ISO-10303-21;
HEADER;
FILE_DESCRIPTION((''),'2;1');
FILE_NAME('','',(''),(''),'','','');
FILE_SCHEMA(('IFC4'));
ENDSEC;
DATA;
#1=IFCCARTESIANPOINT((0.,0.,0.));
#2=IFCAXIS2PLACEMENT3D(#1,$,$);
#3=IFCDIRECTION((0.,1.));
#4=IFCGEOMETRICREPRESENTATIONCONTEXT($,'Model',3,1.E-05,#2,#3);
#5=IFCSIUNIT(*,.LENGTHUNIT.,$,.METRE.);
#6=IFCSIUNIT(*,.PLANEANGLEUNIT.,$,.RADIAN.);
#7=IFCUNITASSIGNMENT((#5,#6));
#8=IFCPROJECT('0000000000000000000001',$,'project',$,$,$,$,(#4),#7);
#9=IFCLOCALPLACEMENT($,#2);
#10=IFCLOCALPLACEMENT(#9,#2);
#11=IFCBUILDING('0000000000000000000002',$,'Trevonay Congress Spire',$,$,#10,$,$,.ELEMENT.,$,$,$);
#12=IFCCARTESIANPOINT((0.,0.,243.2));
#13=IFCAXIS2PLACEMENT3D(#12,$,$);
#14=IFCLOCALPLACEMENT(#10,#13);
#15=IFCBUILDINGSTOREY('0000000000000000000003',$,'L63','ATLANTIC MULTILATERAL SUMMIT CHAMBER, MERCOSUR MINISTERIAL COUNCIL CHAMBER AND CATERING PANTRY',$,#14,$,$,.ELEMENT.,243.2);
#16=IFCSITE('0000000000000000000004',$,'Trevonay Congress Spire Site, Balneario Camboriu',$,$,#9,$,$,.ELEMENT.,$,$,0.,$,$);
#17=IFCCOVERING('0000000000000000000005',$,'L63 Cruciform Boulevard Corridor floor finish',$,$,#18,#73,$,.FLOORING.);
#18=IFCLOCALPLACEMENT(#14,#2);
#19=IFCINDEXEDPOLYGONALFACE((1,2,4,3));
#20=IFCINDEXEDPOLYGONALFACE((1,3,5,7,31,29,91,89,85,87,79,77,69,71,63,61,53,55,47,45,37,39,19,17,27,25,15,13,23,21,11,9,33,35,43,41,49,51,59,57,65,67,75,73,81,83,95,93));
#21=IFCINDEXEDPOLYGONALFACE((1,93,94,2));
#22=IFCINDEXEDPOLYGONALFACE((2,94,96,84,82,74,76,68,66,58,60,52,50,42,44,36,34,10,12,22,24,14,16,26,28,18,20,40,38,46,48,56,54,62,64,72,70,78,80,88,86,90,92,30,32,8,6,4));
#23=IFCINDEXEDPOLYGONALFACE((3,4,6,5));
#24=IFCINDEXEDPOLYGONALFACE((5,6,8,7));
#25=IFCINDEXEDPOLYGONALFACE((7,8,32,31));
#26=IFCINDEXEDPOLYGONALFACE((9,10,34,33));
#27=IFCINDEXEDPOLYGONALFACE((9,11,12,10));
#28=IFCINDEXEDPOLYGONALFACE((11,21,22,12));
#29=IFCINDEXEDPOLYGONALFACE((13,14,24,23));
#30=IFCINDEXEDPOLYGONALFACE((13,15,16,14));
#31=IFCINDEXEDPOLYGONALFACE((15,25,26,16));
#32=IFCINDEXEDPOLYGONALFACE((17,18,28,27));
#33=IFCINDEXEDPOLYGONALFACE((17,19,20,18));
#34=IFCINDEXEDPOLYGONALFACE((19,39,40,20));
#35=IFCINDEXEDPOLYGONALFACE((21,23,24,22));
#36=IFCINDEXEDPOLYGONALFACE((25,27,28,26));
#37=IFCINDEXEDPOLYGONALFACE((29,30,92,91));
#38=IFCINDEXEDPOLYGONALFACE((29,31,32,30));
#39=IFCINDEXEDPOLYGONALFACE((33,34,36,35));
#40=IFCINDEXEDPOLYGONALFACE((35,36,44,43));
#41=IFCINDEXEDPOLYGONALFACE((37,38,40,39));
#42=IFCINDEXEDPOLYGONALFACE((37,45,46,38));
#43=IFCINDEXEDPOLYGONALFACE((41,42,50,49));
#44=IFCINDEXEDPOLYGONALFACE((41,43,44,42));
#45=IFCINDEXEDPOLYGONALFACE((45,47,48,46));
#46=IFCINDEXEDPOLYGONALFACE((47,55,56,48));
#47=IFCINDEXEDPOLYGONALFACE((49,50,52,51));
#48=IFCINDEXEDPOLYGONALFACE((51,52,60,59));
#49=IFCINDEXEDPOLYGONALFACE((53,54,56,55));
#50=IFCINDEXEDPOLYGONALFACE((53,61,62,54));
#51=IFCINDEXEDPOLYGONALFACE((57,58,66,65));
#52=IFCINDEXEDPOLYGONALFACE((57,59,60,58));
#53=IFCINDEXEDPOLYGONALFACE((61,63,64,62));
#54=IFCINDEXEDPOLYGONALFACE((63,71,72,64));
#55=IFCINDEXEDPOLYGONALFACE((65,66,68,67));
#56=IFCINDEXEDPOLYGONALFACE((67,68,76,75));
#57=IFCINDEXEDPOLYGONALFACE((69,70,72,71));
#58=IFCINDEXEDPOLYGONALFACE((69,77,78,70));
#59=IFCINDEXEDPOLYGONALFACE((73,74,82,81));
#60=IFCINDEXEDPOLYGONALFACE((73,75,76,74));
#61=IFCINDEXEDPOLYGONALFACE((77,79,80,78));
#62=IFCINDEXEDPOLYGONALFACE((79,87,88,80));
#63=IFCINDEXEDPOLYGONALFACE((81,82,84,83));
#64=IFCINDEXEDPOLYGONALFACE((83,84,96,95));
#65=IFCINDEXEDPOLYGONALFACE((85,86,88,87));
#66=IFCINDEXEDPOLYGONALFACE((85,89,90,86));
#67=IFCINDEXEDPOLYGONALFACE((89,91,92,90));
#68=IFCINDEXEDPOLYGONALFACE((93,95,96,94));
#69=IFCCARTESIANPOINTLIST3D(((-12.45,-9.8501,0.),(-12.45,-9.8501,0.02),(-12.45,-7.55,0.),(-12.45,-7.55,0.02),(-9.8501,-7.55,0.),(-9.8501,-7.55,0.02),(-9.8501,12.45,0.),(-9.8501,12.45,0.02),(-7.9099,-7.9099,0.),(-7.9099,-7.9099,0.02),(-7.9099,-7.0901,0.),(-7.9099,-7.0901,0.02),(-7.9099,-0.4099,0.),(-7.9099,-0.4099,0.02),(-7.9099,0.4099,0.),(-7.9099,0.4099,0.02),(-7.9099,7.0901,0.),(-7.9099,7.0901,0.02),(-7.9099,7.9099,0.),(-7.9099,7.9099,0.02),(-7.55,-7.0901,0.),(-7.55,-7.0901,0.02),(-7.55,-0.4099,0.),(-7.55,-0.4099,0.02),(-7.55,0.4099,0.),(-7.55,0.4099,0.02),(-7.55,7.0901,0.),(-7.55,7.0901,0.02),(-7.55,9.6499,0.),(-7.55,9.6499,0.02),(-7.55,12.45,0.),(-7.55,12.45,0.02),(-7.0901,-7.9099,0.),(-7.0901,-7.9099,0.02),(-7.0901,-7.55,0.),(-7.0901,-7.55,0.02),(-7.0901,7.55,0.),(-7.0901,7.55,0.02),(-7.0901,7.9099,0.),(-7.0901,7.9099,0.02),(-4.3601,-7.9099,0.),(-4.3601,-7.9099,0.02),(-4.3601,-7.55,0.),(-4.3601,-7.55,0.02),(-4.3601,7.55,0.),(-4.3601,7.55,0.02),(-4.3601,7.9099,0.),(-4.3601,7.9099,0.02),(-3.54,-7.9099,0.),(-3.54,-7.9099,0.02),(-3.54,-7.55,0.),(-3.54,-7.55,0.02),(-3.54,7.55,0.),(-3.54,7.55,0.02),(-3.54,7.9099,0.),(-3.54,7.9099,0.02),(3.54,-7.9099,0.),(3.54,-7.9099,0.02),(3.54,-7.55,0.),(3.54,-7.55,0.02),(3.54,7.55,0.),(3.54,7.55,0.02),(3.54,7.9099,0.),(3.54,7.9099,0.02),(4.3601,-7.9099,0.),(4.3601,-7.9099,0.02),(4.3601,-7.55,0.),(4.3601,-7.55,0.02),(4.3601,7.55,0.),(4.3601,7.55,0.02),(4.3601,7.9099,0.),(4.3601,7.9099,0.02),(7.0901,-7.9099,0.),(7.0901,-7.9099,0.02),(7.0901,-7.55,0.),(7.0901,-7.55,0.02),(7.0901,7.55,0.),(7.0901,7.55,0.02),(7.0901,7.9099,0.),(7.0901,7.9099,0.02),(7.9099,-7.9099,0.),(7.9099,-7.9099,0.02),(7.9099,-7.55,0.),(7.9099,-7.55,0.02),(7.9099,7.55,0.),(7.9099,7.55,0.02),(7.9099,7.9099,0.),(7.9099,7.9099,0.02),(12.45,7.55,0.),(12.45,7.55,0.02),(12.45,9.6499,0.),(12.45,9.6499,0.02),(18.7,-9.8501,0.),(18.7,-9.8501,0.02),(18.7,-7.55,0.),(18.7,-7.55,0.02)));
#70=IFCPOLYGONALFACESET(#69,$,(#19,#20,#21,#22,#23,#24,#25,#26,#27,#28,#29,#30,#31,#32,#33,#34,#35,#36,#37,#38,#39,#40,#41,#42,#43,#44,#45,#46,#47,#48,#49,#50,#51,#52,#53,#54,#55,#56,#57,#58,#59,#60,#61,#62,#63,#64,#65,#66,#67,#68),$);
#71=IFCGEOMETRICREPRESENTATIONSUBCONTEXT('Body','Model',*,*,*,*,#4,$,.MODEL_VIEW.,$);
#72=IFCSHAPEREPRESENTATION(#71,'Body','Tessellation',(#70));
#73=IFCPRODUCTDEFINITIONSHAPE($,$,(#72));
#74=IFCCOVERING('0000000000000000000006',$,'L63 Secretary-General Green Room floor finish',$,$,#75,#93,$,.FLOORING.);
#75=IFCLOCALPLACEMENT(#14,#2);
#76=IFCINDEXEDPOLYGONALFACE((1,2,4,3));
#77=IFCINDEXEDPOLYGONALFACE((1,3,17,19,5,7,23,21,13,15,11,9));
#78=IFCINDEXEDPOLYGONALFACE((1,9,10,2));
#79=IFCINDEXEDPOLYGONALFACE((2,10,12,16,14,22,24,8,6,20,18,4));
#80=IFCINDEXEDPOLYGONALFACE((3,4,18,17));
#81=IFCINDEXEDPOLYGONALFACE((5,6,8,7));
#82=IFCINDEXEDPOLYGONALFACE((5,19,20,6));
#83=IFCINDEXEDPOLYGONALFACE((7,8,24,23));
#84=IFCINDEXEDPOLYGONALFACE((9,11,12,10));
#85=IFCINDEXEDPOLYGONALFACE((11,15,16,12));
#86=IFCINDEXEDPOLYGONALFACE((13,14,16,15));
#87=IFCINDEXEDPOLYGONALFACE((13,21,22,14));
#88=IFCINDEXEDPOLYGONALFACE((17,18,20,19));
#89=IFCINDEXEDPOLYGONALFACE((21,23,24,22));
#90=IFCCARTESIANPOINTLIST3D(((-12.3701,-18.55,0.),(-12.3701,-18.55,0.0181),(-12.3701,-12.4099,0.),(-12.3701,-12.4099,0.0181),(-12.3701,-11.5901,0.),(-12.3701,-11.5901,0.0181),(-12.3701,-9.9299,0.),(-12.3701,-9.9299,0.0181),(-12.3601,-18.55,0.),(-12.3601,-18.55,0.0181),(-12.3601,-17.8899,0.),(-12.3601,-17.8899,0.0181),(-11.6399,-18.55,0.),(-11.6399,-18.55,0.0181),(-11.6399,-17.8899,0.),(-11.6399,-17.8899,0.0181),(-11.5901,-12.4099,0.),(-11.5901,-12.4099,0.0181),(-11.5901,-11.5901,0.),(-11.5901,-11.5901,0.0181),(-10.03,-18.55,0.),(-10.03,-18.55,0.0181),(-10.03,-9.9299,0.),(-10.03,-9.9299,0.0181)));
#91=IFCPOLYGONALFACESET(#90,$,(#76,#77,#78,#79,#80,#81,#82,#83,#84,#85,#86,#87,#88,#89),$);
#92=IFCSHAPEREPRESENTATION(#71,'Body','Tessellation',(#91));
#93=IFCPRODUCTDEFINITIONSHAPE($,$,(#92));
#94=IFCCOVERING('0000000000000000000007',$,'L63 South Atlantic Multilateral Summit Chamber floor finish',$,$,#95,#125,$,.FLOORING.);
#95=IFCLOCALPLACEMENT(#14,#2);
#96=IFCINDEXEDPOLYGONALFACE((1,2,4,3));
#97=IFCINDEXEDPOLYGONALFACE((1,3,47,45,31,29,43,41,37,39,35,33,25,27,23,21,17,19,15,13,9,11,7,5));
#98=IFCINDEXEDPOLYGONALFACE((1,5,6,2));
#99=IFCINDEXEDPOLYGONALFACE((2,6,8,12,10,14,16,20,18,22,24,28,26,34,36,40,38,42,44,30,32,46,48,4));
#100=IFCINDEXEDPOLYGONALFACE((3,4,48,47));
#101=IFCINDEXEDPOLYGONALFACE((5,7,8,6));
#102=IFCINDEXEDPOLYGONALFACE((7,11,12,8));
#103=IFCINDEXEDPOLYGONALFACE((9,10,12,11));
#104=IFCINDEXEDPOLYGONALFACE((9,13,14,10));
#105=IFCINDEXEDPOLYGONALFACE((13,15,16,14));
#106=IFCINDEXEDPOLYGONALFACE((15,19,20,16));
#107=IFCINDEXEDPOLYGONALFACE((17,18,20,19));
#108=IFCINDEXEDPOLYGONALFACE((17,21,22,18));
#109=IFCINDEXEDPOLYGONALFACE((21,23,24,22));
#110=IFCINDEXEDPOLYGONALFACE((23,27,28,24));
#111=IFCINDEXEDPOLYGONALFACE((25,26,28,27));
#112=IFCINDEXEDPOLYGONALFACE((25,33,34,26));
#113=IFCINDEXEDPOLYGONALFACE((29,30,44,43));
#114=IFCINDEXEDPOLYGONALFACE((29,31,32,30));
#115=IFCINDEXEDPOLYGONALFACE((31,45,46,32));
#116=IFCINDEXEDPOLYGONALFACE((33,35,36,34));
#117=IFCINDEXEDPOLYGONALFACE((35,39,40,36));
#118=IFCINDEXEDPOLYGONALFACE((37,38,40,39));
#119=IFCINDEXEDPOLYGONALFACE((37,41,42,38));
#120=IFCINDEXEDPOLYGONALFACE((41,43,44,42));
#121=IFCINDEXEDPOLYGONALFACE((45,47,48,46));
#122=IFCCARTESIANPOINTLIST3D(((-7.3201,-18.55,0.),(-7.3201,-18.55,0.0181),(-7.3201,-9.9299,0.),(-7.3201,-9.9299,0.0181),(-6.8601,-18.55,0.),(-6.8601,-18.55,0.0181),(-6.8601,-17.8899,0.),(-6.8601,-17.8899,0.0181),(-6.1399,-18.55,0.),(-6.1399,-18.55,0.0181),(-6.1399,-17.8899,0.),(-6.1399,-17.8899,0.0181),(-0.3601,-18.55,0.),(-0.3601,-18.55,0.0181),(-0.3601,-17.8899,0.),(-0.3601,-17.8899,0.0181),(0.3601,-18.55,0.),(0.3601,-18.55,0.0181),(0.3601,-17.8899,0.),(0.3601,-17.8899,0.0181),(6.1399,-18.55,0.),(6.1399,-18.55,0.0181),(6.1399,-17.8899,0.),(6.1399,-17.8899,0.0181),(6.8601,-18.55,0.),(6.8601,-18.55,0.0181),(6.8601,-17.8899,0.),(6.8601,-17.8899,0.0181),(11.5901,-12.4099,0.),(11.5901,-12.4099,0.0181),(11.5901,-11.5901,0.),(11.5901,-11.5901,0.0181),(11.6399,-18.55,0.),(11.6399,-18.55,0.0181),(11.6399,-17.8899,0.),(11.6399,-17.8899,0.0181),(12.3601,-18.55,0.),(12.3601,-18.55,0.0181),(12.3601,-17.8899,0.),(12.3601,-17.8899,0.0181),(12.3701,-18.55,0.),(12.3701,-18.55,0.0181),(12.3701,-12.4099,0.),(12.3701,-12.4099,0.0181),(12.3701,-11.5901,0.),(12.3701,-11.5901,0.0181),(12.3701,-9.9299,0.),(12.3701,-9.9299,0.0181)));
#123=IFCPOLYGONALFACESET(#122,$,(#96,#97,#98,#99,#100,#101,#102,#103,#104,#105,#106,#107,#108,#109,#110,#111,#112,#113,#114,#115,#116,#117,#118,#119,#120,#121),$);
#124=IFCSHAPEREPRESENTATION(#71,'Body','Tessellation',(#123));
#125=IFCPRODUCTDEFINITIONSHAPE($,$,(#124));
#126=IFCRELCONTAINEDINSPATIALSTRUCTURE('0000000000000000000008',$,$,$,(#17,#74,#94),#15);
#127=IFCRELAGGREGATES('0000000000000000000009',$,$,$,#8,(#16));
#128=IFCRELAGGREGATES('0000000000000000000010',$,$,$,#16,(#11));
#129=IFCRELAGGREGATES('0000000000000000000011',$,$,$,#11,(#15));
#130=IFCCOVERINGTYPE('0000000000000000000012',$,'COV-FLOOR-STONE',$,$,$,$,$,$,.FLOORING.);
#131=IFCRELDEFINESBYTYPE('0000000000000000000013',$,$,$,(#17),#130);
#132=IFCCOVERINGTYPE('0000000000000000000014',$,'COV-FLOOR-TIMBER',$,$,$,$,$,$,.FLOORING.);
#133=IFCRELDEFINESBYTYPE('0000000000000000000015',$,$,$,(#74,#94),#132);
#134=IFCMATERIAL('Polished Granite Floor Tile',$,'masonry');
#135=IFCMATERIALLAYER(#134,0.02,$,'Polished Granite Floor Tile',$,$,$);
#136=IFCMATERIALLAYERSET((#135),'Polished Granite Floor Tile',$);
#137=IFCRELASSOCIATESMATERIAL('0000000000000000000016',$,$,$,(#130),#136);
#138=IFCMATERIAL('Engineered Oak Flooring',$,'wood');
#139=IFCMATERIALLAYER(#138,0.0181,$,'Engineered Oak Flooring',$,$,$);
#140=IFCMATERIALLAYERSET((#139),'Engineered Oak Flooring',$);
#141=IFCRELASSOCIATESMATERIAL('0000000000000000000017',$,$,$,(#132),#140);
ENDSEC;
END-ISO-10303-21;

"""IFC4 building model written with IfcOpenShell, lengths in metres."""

from ifc_helpers import new_model, si_unit, direction, frame, origin, place, context, subcontext, project, spatial, polyline, outline, extrude, material, layer, layer_set, type_object, element, save


model = new_model("IFC4")

# Units and contexts
model_context = context("Model", 3, precision=1e-05, world=origin(), true_north=direction((0.0, 1.0)))
body_context = subcontext(model_context, "Body", "Model", "MODEL_VIEW")
ifc_project = project(units=[si_unit("LENGTHUNIT", "METRE"), si_unit("PLANEANGLEUNIT", "RADIAN")], contexts=[model_context])

# Site, building, storey
site_placement = place(None, origin())
site = spatial("IfcSite", under=ifc_project, at=site_placement, Name="Trevonay Congress Spire Site, Balneario Camboriu", CompositionType="ELEMENT", RefElevation=0.0)
building_placement = place(site_placement, origin())
building = spatial("IfcBuilding", under=site, at=building_placement, Name="Trevonay Congress Spire", CompositionType="ELEMENT")
storey_placement = place(building_placement, frame((0.0, 0.0, 243.2)))
storey = spatial("IfcBuildingStorey", under=building, at=storey_placement, Name="L63", Description="ATLANTIC MULTILATERAL SUMMIT CHAMBER, MERCOSUR MINISTERIAL COUNCIL CHAMBER AND CATERING PANTRY", CompositionType="ELEMENT", Elevation=243.2)

# Coverings
ifc_material_1 = material(Name="Polished Granite Floor Tile", Category="masonry")
ifc_layer_1 = layer(ifc_material_1, 0.02, Name="Polished Granite Floor Tile")
ifc_layer_set_1 = layer_set([ifc_layer_1], Name="Polished Granite Floor Tile")
covering_type_1 = type_object("IfcCoveringType", Name="COV-FLOOR-STONE", PredefinedType="FLOORING", material=ifc_layer_set_1)
covering_1_placement = place(storey_placement, origin())
element("IfcCovering", 1, at=covering_1_placement, inside=storey, type_object=covering_type_1, Name="L63 Cruciform Boulevard Corridor floor finish", PredefinedType="FLOORING", context=body_context, shape_type="SweptSolid", body=[
    extrude(outline(polyline([(18.7, -7.55), (18.7, -9.8501), (-12.45, -9.8501), (-12.45, -7.55), (-9.8501, -7.55), (-9.8501, 12.45), (-7.55, 12.45), (-7.55, 9.6499), (12.45, 9.6499), (12.45, 7.55), (7.9099, 7.55), (7.9099, 7.9099), (7.0901, 7.9099), (7.0901, 7.55), (4.3601, 7.55), (4.3601, 7.9099), (3.54, 7.9099), (3.54, 7.55), (-3.54, 7.55), (-3.54, 7.9099), (-4.3601, 7.9099), (-4.3601, 7.55), (-7.0901, 7.55), (-7.0901, 7.9099), (-7.9099, 7.9099), (-7.9099, 7.0901), (-7.55, 7.0901), (-7.55, 0.4099), (-7.9099, 0.4099), (-7.9099, -0.4099), (-7.55, -0.4099), (-7.55, -7.0901), (-7.9099, -7.0901), (-7.9099, -7.9099), (-7.0901, -7.9099), (-7.0901, -7.55), (-4.3601, -7.55), (-4.3601, -7.9099), (-3.54, -7.9099), (-3.54, -7.55), (3.54, -7.55), (3.54, -7.9099), (4.3601, -7.9099), (4.3601, -7.55), (7.0901, -7.55), (7.0901, -7.9099), (7.9099, -7.9099), (7.9099, -7.55), (18.7, -7.55)])), origin(), (0.0, 0.0, 1.0), 0.02),
])
ifc_material_2 = material(Name="Engineered Oak Flooring", Category="wood")
ifc_layer_2 = layer(ifc_material_2, 0.0181, Name="Engineered Oak Flooring")
ifc_layer_set_2 = layer_set([ifc_layer_2], Name="Engineered Oak Flooring")
covering_type_2 = type_object("IfcCoveringType", Name="COV-FLOOR-TIMBER", PredefinedType="FLOORING", material=ifc_layer_set_2)
covering_2_placement = place(storey_placement, origin())
element("IfcCovering", 2, at=covering_2_placement, inside=storey, type_object=covering_type_2, Name="L63 Secretary-General Green Room floor finish", PredefinedType="FLOORING", context=body_context, shape_type="SweptSolid", body=[
    extrude(outline(polyline([(-12.3701, -18.55), (-12.3701, -12.4099), (-11.5901, -12.4099), (-11.5901, -11.5901), (-12.3701, -11.5901), (-12.3701, -9.9299), (-10.03, -9.9299), (-10.03, -18.55), (-11.6399, -18.55), (-11.6399, -17.8899), (-12.3601, -17.8899), (-12.3601, -18.55), (-12.3701, -18.55)])), origin(), (0.0, 0.0, 1.0), 0.0181),
])
covering_3_placement = place(storey_placement, origin())
element("IfcCovering", 3, at=covering_3_placement, inside=storey, type_object=covering_type_2, Name="L63 South Atlantic Multilateral Summit Chamber floor finish", PredefinedType="FLOORING", context=body_context, shape_type="SweptSolid", body=[
    extrude(outline(polyline([(-7.3201, -18.55), (-7.3201, -9.9299), (12.3701, -9.9299), (12.3701, -11.5901), (11.5901, -11.5901), (11.5901, -12.4099), (12.3701, -12.4099), (12.3701, -18.55), (12.3601, -18.55), (12.3601, -17.8899), (11.6399, -17.8899), (11.6399, -18.55), (6.8601, -18.55), (6.8601, -17.8899), (6.1399, -17.8899), (6.1399, -18.55), (0.3601, -18.55), (0.3601, -17.8899), (-0.3601, -17.8899), (-0.3601, -18.55), (-6.1399, -18.55), (-6.1399, -17.8899), (-6.8601, -17.8899), (-6.8601, -18.55), (-7.3201, -18.55)])), origin(), (0.0, 0.0, 1.0), 0.0181),
])

save(model, "model.ifc")
